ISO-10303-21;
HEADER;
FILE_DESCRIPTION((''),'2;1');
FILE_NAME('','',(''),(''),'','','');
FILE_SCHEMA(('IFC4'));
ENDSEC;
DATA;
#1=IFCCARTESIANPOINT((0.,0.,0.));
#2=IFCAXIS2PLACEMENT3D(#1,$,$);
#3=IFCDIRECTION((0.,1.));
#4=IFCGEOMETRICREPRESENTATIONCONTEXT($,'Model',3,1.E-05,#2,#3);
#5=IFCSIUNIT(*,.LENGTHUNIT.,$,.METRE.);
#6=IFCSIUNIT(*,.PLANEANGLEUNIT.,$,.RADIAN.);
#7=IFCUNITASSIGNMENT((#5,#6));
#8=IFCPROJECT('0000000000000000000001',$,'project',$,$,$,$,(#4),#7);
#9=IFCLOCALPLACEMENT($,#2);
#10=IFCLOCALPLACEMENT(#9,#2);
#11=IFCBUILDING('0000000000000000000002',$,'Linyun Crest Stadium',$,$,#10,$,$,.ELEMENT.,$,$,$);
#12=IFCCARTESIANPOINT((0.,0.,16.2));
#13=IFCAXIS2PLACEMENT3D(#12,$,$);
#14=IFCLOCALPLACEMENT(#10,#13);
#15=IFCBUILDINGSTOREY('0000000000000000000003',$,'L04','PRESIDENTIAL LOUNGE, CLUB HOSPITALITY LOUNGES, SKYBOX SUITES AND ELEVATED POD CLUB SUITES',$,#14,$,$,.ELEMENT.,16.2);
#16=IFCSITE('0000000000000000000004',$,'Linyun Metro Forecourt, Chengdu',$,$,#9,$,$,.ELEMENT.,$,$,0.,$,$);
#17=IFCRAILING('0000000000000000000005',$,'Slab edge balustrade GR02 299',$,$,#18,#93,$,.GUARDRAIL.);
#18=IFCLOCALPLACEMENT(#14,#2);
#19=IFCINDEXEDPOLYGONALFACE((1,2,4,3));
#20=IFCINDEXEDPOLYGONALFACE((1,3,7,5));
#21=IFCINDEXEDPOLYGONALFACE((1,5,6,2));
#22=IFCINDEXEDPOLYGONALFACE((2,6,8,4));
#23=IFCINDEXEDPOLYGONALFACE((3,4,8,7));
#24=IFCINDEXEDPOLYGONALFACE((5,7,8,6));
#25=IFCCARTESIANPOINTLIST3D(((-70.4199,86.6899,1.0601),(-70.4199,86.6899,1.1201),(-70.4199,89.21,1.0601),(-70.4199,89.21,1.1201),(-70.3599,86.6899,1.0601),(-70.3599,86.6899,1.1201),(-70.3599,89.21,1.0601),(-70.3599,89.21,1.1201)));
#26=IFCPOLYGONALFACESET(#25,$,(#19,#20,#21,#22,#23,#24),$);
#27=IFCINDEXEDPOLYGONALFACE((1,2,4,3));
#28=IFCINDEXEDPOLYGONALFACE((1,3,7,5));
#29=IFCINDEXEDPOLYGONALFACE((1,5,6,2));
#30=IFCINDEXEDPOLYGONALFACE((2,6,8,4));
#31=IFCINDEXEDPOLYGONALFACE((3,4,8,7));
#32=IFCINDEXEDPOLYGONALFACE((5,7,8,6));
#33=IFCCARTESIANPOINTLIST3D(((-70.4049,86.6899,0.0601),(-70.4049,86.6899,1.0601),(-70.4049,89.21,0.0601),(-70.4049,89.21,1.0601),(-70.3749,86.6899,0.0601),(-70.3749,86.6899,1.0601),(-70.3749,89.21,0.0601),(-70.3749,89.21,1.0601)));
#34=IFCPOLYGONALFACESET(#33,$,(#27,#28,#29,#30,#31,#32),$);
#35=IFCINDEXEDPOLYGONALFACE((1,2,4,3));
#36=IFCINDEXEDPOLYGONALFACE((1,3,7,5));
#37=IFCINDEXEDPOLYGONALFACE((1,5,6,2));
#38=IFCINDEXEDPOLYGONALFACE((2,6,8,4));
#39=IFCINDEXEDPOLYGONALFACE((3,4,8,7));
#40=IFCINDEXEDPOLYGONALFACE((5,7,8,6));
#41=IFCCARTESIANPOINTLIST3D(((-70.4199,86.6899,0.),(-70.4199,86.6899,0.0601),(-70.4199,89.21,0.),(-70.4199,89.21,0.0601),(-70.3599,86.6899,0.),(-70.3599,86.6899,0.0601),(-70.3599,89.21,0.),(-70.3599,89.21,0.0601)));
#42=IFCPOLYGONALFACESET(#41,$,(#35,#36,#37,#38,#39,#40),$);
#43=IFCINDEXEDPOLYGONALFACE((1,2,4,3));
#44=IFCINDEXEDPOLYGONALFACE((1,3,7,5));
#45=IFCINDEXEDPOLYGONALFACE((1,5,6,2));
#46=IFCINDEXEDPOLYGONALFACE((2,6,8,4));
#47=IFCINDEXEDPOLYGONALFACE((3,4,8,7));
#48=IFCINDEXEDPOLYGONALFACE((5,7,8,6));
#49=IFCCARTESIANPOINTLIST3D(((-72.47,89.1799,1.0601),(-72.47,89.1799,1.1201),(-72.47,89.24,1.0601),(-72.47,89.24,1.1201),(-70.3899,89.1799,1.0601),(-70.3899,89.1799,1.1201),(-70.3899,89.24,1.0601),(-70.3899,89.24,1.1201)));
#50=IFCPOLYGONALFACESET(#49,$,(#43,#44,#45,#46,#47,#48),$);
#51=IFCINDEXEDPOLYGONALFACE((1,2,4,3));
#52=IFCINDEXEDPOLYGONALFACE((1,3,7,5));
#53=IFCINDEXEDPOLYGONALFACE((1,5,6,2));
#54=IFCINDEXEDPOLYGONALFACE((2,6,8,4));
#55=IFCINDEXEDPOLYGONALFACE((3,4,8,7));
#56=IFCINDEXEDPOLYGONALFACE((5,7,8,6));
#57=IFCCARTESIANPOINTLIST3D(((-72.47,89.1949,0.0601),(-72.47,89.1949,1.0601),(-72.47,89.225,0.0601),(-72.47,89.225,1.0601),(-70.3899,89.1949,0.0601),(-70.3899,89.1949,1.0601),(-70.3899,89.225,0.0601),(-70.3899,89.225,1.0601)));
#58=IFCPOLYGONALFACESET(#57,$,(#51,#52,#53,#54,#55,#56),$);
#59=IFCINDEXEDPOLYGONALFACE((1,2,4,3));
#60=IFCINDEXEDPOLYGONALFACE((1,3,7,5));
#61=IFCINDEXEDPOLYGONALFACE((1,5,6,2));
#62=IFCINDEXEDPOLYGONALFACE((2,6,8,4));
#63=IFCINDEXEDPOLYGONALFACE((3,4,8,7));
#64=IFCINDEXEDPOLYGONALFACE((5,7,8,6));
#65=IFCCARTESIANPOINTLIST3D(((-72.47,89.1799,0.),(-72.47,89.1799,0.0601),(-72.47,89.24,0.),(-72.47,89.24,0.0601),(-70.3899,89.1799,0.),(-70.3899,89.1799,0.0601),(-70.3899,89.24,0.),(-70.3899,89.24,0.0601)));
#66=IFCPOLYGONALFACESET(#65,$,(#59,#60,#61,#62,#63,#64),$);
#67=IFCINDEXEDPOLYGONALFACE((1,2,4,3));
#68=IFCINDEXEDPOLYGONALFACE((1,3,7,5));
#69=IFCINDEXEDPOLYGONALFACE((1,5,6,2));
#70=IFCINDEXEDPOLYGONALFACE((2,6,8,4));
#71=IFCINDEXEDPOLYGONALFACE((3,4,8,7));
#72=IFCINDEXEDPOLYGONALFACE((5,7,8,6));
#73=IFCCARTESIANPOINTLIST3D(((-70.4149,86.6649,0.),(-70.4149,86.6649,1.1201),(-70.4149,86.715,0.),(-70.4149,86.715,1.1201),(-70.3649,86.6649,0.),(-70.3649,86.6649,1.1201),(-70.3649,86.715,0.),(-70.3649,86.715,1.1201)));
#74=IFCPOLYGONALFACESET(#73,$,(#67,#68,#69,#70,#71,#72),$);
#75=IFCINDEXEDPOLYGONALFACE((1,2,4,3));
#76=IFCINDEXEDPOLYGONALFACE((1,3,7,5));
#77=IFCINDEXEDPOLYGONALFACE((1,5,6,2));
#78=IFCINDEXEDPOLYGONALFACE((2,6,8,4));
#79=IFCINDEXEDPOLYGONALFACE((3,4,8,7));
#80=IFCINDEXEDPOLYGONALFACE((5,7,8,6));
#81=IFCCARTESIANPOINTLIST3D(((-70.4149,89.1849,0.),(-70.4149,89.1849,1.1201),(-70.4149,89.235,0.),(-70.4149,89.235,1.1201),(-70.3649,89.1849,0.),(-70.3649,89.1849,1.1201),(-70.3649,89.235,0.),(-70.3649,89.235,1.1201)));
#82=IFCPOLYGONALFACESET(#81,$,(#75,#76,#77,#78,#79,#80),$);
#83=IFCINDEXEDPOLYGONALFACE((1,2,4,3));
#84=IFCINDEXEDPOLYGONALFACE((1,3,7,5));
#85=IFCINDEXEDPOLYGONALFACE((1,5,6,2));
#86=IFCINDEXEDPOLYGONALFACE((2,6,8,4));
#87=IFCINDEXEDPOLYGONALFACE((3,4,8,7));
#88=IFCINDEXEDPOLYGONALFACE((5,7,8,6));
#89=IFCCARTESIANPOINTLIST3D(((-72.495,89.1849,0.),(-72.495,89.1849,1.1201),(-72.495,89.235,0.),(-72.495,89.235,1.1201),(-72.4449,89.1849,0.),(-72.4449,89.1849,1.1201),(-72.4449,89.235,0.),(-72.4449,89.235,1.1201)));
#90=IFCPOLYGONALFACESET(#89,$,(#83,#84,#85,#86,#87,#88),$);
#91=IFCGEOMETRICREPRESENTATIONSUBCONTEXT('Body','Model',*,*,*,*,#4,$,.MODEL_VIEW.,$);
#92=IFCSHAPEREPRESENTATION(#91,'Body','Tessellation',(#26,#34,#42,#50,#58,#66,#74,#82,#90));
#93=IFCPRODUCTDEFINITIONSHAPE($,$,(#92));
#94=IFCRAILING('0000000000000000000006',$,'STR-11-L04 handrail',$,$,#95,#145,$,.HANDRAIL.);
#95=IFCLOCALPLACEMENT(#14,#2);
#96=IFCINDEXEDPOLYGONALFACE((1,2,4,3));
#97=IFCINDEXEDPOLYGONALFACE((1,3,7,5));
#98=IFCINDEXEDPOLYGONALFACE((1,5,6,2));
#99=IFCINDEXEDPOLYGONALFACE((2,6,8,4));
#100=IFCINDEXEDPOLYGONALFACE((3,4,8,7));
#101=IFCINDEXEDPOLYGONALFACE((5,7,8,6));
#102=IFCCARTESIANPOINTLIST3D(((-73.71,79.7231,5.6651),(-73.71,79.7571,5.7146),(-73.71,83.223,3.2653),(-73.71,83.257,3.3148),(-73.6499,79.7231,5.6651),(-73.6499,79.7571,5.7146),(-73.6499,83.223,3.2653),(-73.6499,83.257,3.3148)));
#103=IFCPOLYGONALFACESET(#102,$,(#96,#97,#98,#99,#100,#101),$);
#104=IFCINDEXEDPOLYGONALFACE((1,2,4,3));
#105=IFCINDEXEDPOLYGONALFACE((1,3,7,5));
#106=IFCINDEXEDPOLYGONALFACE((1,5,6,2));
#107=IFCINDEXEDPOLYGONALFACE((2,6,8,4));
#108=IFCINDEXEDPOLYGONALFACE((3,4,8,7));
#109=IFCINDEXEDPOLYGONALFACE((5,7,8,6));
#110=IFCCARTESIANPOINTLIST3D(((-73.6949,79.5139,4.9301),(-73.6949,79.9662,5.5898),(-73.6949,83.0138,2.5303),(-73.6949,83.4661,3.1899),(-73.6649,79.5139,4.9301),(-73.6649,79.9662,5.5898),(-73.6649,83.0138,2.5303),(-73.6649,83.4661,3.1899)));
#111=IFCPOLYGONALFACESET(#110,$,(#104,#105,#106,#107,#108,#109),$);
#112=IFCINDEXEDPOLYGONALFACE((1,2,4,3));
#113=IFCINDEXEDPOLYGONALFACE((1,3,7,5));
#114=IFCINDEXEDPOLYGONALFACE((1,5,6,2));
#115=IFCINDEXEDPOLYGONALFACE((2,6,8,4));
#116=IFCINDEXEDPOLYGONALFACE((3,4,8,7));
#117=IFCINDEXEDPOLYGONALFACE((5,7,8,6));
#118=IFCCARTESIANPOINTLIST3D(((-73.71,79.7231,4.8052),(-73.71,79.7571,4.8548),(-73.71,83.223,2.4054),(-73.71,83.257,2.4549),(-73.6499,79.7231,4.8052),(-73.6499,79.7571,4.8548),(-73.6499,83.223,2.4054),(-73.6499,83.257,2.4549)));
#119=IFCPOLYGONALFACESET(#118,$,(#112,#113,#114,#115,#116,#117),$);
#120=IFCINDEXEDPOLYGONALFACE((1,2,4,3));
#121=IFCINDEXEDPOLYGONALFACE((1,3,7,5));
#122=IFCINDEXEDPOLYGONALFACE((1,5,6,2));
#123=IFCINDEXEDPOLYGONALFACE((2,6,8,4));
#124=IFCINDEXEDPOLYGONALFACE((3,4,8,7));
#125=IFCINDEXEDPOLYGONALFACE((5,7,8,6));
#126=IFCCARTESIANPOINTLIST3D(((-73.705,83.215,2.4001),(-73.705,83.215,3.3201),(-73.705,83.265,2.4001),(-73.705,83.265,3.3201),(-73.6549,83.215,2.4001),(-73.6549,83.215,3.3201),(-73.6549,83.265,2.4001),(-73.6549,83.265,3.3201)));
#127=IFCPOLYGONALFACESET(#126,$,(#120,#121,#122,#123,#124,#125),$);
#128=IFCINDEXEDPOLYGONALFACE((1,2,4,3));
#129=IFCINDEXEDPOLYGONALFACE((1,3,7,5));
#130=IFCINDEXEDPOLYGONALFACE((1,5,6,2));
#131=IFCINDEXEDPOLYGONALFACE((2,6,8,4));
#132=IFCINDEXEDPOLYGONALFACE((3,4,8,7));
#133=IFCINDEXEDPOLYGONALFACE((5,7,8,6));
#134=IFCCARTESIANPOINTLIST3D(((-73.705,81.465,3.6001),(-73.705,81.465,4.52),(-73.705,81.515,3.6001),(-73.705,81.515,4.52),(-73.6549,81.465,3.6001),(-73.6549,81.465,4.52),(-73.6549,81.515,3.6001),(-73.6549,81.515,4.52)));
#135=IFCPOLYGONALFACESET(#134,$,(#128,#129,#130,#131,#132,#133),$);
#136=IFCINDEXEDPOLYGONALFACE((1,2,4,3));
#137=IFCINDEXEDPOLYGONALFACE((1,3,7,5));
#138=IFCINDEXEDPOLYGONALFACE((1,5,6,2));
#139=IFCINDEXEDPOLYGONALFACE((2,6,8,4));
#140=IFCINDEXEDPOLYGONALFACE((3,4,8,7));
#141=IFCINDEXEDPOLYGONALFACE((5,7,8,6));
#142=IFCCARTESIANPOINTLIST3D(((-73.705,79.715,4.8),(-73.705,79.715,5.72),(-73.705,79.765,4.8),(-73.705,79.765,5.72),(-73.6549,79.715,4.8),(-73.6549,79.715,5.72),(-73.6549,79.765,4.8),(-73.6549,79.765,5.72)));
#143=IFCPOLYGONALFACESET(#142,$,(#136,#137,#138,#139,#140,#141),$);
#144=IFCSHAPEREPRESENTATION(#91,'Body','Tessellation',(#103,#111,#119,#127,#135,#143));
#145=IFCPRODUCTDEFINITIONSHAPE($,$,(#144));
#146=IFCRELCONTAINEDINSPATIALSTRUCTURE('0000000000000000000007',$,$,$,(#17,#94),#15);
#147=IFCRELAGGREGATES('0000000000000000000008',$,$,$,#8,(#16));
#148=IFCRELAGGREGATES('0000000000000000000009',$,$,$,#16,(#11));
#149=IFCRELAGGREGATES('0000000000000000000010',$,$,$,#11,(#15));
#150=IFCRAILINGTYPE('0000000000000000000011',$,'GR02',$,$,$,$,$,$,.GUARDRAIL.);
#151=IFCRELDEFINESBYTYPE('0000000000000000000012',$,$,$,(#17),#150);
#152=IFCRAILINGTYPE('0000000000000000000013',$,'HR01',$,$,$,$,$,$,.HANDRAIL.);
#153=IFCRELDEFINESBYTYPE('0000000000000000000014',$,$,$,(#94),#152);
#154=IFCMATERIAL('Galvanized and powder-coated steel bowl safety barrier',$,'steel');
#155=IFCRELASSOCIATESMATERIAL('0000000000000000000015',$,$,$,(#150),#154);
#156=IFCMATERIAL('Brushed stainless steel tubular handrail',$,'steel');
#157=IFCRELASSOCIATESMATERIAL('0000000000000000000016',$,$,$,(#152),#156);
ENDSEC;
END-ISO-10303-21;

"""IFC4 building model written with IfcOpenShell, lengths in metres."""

from ifc_helpers import new_model, si_unit, direction, frame, origin, origin_2d, place, context, subcontext, project, spatial, rectangle, extrude, material, type_object, element, save


model = new_model("IFC4")

# Units and contexts
model_context = context("Model", 3, precision=1e-05, world=origin(), true_north=direction((0.0, 1.0)))
body_context = subcontext(model_context, "Body", "Model", "MODEL_VIEW")
ifc_project = project(units=[si_unit("LENGTHUNIT", "METRE"), si_unit("PLANEANGLEUNIT", "RADIAN")], contexts=[model_context])

# Site, building, storey
site_placement = place(None, origin())
site = spatial("IfcSite", under=ifc_project, at=site_placement, Name="Linyun Metro Forecourt, Chengdu", CompositionType="ELEMENT", RefElevation=0.0)
building_placement = place(site_placement, origin())
building = spatial("IfcBuilding", under=site, at=building_placement, Name="Linyun Crest Stadium", CompositionType="ELEMENT")
storey_placement = place(building_placement, frame((0.0, 0.0, 16.2)))
storey = spatial("IfcBuildingStorey", under=building, at=storey_placement, Name="L04", Description="PRESIDENTIAL LOUNGE, CLUB HOSPITALITY LOUNGES, SKYBOX SUITES AND ELEVATED POD CLUB SUITES", CompositionType="ELEMENT", Elevation=16.2)

# Railings
ifc_material_1 = material(Name="Galvanized and powder-coated steel bowl safety barrier", Category="steel")
railing_type_1 = type_object("IfcRailingType", Name="GR02", PredefinedType="GUARDRAIL", material=ifc_material_1)
railing_1_placement = place(storey_placement, frame((-70.3899, 86.6899, 0.0)))
element("IfcRailing", 1, at=railing_1_placement, inside=storey, type_object=railing_type_1, Name="Slab edge balustrade GR02 299", PredefinedType="GUARDRAIL", context=body_context, shape_type="SweptSolid", body=[
    extrude(rectangle(XDim=0.0601, YDim=0.0601, at=origin_2d()), frame((0.0, 0.0, 1.0901), z_axis=(0.0, 1.0, 0.0), x_axis=(-1.0, 0.0, 0.0)), (0.0, 0.0, 1.0), 2.52),
    extrude(rectangle(XDim=0.03, YDim=1.0, at=origin_2d()), frame((0.0, 0.0, 0.5601), z_axis=(0.0, 1.0, 0.0), x_axis=(-1.0, 0.0, 0.0)), (0.0, 0.0, 1.0), 2.52),
    extrude(rectangle(XDim=0.0601, YDim=0.0601, at=origin_2d()), frame((0.0, 0.0, 0.03), z_axis=(0.0, 1.0, 0.0), x_axis=(-1.0, 0.0, 0.0)), (0.0, 0.0, 1.0), 2.52),
    extrude(rectangle(XDim=0.0601, YDim=0.0601, at=origin_2d()), frame((0.0, 2.52, 1.0901), z_axis=(-1.0, 0.0, 0.0), x_axis=(0.0, -1.0, 0.0)), (0.0, 0.0, 1.0), 2.0801),
    extrude(rectangle(XDim=0.03, YDim=1.0, at=origin_2d()), frame((0.0, 2.52, 0.5601), z_axis=(-1.0, 0.0, 0.0), x_axis=(0.0, -1.0, 0.0)), (0.0, 0.0, 1.0), 2.0801),
    extrude(rectangle(XDim=0.0601, YDim=0.0601, at=origin_2d()), frame((0.0, 2.52, 0.03), z_axis=(-1.0, 0.0, 0.0), x_axis=(0.0, -1.0, 0.0)), (0.0, 0.0, 1.0), 2.0801),
    extrude(rectangle(XDim=0.05, YDim=0.05, at=origin_2d()), origin(), (0.0, 0.0, 1.0), 1.1201),
    extrude(rectangle(XDim=0.05, YDim=0.05, at=origin_2d()), frame((0.0, 2.52, 0.0)), (0.0, 0.0, 1.0), 1.1201),
    extrude(rectangle(XDim=0.05, YDim=0.05, at=origin_2d()), frame((-2.0801, 2.52, 0.0)), (0.0, 0.0, 1.0), 1.1201),
])
ifc_material_2 = material(Name="Brushed stainless steel tubular handrail", Category="steel")
railing_type_2 = type_object("IfcRailingType", Name="HR01", PredefinedType="HANDRAIL", material=ifc_material_2)
railing_2_placement = place(storey_placement, frame((-73.6799, 83.24, 2.4001)))
element("IfcRailing", 2, at=railing_2_placement, inside=storey, type_object=railing_type_2, Name="STR-11-L04 handrail", PredefinedType="HANDRAIL", context=body_context, shape_type="SweptSolid", body=[
    extrude(rectangle(XDim=0.0601, YDim=0.0601, at=origin_2d()), frame((0.0, 0.0, 0.8899), z_axis=(0.0, -0.82474, 0.565513), x_axis=(1.0, 0.0, 0.0)), (0.0, 0.0, 1.0), 4.2437),
    extrude(rectangle(XDim=0.03, YDim=0.7998, at=origin_2d()), frame((0.0, 0.0, 0.46), z_axis=(0.0, -0.82474, 0.565513), x_axis=(1.0, 0.0, 0.0)), (0.0, 0.0, 1.0), 4.2437),
    extrude(rectangle(XDim=0.0601, YDim=0.0601, at=origin_2d()), frame((0.0, 0.0, 0.03), z_axis=(0.0, -0.82474, 0.565513), x_axis=(1.0, 0.0, 0.0)), (0.0, 0.0, 1.0), 4.2437),
    extrude(rectangle(XDim=0.05, YDim=0.05, at=origin_2d()), origin(), (0.0, 0.0, 1.0), 0.9199),
    extrude(rectangle(XDim=0.05, YDim=0.05, at=origin_2d()), frame((0.0, -1.75, 1.2)), (0.0, 0.0, 1.0), 0.9199),
    extrude(rectangle(XDim=0.05, YDim=0.05, at=origin_2d()), frame((0.0, -3.5, 2.3999)), (0.0, 0.0, 1.0), 0.9199),
])

save(model, "model.ifc")
